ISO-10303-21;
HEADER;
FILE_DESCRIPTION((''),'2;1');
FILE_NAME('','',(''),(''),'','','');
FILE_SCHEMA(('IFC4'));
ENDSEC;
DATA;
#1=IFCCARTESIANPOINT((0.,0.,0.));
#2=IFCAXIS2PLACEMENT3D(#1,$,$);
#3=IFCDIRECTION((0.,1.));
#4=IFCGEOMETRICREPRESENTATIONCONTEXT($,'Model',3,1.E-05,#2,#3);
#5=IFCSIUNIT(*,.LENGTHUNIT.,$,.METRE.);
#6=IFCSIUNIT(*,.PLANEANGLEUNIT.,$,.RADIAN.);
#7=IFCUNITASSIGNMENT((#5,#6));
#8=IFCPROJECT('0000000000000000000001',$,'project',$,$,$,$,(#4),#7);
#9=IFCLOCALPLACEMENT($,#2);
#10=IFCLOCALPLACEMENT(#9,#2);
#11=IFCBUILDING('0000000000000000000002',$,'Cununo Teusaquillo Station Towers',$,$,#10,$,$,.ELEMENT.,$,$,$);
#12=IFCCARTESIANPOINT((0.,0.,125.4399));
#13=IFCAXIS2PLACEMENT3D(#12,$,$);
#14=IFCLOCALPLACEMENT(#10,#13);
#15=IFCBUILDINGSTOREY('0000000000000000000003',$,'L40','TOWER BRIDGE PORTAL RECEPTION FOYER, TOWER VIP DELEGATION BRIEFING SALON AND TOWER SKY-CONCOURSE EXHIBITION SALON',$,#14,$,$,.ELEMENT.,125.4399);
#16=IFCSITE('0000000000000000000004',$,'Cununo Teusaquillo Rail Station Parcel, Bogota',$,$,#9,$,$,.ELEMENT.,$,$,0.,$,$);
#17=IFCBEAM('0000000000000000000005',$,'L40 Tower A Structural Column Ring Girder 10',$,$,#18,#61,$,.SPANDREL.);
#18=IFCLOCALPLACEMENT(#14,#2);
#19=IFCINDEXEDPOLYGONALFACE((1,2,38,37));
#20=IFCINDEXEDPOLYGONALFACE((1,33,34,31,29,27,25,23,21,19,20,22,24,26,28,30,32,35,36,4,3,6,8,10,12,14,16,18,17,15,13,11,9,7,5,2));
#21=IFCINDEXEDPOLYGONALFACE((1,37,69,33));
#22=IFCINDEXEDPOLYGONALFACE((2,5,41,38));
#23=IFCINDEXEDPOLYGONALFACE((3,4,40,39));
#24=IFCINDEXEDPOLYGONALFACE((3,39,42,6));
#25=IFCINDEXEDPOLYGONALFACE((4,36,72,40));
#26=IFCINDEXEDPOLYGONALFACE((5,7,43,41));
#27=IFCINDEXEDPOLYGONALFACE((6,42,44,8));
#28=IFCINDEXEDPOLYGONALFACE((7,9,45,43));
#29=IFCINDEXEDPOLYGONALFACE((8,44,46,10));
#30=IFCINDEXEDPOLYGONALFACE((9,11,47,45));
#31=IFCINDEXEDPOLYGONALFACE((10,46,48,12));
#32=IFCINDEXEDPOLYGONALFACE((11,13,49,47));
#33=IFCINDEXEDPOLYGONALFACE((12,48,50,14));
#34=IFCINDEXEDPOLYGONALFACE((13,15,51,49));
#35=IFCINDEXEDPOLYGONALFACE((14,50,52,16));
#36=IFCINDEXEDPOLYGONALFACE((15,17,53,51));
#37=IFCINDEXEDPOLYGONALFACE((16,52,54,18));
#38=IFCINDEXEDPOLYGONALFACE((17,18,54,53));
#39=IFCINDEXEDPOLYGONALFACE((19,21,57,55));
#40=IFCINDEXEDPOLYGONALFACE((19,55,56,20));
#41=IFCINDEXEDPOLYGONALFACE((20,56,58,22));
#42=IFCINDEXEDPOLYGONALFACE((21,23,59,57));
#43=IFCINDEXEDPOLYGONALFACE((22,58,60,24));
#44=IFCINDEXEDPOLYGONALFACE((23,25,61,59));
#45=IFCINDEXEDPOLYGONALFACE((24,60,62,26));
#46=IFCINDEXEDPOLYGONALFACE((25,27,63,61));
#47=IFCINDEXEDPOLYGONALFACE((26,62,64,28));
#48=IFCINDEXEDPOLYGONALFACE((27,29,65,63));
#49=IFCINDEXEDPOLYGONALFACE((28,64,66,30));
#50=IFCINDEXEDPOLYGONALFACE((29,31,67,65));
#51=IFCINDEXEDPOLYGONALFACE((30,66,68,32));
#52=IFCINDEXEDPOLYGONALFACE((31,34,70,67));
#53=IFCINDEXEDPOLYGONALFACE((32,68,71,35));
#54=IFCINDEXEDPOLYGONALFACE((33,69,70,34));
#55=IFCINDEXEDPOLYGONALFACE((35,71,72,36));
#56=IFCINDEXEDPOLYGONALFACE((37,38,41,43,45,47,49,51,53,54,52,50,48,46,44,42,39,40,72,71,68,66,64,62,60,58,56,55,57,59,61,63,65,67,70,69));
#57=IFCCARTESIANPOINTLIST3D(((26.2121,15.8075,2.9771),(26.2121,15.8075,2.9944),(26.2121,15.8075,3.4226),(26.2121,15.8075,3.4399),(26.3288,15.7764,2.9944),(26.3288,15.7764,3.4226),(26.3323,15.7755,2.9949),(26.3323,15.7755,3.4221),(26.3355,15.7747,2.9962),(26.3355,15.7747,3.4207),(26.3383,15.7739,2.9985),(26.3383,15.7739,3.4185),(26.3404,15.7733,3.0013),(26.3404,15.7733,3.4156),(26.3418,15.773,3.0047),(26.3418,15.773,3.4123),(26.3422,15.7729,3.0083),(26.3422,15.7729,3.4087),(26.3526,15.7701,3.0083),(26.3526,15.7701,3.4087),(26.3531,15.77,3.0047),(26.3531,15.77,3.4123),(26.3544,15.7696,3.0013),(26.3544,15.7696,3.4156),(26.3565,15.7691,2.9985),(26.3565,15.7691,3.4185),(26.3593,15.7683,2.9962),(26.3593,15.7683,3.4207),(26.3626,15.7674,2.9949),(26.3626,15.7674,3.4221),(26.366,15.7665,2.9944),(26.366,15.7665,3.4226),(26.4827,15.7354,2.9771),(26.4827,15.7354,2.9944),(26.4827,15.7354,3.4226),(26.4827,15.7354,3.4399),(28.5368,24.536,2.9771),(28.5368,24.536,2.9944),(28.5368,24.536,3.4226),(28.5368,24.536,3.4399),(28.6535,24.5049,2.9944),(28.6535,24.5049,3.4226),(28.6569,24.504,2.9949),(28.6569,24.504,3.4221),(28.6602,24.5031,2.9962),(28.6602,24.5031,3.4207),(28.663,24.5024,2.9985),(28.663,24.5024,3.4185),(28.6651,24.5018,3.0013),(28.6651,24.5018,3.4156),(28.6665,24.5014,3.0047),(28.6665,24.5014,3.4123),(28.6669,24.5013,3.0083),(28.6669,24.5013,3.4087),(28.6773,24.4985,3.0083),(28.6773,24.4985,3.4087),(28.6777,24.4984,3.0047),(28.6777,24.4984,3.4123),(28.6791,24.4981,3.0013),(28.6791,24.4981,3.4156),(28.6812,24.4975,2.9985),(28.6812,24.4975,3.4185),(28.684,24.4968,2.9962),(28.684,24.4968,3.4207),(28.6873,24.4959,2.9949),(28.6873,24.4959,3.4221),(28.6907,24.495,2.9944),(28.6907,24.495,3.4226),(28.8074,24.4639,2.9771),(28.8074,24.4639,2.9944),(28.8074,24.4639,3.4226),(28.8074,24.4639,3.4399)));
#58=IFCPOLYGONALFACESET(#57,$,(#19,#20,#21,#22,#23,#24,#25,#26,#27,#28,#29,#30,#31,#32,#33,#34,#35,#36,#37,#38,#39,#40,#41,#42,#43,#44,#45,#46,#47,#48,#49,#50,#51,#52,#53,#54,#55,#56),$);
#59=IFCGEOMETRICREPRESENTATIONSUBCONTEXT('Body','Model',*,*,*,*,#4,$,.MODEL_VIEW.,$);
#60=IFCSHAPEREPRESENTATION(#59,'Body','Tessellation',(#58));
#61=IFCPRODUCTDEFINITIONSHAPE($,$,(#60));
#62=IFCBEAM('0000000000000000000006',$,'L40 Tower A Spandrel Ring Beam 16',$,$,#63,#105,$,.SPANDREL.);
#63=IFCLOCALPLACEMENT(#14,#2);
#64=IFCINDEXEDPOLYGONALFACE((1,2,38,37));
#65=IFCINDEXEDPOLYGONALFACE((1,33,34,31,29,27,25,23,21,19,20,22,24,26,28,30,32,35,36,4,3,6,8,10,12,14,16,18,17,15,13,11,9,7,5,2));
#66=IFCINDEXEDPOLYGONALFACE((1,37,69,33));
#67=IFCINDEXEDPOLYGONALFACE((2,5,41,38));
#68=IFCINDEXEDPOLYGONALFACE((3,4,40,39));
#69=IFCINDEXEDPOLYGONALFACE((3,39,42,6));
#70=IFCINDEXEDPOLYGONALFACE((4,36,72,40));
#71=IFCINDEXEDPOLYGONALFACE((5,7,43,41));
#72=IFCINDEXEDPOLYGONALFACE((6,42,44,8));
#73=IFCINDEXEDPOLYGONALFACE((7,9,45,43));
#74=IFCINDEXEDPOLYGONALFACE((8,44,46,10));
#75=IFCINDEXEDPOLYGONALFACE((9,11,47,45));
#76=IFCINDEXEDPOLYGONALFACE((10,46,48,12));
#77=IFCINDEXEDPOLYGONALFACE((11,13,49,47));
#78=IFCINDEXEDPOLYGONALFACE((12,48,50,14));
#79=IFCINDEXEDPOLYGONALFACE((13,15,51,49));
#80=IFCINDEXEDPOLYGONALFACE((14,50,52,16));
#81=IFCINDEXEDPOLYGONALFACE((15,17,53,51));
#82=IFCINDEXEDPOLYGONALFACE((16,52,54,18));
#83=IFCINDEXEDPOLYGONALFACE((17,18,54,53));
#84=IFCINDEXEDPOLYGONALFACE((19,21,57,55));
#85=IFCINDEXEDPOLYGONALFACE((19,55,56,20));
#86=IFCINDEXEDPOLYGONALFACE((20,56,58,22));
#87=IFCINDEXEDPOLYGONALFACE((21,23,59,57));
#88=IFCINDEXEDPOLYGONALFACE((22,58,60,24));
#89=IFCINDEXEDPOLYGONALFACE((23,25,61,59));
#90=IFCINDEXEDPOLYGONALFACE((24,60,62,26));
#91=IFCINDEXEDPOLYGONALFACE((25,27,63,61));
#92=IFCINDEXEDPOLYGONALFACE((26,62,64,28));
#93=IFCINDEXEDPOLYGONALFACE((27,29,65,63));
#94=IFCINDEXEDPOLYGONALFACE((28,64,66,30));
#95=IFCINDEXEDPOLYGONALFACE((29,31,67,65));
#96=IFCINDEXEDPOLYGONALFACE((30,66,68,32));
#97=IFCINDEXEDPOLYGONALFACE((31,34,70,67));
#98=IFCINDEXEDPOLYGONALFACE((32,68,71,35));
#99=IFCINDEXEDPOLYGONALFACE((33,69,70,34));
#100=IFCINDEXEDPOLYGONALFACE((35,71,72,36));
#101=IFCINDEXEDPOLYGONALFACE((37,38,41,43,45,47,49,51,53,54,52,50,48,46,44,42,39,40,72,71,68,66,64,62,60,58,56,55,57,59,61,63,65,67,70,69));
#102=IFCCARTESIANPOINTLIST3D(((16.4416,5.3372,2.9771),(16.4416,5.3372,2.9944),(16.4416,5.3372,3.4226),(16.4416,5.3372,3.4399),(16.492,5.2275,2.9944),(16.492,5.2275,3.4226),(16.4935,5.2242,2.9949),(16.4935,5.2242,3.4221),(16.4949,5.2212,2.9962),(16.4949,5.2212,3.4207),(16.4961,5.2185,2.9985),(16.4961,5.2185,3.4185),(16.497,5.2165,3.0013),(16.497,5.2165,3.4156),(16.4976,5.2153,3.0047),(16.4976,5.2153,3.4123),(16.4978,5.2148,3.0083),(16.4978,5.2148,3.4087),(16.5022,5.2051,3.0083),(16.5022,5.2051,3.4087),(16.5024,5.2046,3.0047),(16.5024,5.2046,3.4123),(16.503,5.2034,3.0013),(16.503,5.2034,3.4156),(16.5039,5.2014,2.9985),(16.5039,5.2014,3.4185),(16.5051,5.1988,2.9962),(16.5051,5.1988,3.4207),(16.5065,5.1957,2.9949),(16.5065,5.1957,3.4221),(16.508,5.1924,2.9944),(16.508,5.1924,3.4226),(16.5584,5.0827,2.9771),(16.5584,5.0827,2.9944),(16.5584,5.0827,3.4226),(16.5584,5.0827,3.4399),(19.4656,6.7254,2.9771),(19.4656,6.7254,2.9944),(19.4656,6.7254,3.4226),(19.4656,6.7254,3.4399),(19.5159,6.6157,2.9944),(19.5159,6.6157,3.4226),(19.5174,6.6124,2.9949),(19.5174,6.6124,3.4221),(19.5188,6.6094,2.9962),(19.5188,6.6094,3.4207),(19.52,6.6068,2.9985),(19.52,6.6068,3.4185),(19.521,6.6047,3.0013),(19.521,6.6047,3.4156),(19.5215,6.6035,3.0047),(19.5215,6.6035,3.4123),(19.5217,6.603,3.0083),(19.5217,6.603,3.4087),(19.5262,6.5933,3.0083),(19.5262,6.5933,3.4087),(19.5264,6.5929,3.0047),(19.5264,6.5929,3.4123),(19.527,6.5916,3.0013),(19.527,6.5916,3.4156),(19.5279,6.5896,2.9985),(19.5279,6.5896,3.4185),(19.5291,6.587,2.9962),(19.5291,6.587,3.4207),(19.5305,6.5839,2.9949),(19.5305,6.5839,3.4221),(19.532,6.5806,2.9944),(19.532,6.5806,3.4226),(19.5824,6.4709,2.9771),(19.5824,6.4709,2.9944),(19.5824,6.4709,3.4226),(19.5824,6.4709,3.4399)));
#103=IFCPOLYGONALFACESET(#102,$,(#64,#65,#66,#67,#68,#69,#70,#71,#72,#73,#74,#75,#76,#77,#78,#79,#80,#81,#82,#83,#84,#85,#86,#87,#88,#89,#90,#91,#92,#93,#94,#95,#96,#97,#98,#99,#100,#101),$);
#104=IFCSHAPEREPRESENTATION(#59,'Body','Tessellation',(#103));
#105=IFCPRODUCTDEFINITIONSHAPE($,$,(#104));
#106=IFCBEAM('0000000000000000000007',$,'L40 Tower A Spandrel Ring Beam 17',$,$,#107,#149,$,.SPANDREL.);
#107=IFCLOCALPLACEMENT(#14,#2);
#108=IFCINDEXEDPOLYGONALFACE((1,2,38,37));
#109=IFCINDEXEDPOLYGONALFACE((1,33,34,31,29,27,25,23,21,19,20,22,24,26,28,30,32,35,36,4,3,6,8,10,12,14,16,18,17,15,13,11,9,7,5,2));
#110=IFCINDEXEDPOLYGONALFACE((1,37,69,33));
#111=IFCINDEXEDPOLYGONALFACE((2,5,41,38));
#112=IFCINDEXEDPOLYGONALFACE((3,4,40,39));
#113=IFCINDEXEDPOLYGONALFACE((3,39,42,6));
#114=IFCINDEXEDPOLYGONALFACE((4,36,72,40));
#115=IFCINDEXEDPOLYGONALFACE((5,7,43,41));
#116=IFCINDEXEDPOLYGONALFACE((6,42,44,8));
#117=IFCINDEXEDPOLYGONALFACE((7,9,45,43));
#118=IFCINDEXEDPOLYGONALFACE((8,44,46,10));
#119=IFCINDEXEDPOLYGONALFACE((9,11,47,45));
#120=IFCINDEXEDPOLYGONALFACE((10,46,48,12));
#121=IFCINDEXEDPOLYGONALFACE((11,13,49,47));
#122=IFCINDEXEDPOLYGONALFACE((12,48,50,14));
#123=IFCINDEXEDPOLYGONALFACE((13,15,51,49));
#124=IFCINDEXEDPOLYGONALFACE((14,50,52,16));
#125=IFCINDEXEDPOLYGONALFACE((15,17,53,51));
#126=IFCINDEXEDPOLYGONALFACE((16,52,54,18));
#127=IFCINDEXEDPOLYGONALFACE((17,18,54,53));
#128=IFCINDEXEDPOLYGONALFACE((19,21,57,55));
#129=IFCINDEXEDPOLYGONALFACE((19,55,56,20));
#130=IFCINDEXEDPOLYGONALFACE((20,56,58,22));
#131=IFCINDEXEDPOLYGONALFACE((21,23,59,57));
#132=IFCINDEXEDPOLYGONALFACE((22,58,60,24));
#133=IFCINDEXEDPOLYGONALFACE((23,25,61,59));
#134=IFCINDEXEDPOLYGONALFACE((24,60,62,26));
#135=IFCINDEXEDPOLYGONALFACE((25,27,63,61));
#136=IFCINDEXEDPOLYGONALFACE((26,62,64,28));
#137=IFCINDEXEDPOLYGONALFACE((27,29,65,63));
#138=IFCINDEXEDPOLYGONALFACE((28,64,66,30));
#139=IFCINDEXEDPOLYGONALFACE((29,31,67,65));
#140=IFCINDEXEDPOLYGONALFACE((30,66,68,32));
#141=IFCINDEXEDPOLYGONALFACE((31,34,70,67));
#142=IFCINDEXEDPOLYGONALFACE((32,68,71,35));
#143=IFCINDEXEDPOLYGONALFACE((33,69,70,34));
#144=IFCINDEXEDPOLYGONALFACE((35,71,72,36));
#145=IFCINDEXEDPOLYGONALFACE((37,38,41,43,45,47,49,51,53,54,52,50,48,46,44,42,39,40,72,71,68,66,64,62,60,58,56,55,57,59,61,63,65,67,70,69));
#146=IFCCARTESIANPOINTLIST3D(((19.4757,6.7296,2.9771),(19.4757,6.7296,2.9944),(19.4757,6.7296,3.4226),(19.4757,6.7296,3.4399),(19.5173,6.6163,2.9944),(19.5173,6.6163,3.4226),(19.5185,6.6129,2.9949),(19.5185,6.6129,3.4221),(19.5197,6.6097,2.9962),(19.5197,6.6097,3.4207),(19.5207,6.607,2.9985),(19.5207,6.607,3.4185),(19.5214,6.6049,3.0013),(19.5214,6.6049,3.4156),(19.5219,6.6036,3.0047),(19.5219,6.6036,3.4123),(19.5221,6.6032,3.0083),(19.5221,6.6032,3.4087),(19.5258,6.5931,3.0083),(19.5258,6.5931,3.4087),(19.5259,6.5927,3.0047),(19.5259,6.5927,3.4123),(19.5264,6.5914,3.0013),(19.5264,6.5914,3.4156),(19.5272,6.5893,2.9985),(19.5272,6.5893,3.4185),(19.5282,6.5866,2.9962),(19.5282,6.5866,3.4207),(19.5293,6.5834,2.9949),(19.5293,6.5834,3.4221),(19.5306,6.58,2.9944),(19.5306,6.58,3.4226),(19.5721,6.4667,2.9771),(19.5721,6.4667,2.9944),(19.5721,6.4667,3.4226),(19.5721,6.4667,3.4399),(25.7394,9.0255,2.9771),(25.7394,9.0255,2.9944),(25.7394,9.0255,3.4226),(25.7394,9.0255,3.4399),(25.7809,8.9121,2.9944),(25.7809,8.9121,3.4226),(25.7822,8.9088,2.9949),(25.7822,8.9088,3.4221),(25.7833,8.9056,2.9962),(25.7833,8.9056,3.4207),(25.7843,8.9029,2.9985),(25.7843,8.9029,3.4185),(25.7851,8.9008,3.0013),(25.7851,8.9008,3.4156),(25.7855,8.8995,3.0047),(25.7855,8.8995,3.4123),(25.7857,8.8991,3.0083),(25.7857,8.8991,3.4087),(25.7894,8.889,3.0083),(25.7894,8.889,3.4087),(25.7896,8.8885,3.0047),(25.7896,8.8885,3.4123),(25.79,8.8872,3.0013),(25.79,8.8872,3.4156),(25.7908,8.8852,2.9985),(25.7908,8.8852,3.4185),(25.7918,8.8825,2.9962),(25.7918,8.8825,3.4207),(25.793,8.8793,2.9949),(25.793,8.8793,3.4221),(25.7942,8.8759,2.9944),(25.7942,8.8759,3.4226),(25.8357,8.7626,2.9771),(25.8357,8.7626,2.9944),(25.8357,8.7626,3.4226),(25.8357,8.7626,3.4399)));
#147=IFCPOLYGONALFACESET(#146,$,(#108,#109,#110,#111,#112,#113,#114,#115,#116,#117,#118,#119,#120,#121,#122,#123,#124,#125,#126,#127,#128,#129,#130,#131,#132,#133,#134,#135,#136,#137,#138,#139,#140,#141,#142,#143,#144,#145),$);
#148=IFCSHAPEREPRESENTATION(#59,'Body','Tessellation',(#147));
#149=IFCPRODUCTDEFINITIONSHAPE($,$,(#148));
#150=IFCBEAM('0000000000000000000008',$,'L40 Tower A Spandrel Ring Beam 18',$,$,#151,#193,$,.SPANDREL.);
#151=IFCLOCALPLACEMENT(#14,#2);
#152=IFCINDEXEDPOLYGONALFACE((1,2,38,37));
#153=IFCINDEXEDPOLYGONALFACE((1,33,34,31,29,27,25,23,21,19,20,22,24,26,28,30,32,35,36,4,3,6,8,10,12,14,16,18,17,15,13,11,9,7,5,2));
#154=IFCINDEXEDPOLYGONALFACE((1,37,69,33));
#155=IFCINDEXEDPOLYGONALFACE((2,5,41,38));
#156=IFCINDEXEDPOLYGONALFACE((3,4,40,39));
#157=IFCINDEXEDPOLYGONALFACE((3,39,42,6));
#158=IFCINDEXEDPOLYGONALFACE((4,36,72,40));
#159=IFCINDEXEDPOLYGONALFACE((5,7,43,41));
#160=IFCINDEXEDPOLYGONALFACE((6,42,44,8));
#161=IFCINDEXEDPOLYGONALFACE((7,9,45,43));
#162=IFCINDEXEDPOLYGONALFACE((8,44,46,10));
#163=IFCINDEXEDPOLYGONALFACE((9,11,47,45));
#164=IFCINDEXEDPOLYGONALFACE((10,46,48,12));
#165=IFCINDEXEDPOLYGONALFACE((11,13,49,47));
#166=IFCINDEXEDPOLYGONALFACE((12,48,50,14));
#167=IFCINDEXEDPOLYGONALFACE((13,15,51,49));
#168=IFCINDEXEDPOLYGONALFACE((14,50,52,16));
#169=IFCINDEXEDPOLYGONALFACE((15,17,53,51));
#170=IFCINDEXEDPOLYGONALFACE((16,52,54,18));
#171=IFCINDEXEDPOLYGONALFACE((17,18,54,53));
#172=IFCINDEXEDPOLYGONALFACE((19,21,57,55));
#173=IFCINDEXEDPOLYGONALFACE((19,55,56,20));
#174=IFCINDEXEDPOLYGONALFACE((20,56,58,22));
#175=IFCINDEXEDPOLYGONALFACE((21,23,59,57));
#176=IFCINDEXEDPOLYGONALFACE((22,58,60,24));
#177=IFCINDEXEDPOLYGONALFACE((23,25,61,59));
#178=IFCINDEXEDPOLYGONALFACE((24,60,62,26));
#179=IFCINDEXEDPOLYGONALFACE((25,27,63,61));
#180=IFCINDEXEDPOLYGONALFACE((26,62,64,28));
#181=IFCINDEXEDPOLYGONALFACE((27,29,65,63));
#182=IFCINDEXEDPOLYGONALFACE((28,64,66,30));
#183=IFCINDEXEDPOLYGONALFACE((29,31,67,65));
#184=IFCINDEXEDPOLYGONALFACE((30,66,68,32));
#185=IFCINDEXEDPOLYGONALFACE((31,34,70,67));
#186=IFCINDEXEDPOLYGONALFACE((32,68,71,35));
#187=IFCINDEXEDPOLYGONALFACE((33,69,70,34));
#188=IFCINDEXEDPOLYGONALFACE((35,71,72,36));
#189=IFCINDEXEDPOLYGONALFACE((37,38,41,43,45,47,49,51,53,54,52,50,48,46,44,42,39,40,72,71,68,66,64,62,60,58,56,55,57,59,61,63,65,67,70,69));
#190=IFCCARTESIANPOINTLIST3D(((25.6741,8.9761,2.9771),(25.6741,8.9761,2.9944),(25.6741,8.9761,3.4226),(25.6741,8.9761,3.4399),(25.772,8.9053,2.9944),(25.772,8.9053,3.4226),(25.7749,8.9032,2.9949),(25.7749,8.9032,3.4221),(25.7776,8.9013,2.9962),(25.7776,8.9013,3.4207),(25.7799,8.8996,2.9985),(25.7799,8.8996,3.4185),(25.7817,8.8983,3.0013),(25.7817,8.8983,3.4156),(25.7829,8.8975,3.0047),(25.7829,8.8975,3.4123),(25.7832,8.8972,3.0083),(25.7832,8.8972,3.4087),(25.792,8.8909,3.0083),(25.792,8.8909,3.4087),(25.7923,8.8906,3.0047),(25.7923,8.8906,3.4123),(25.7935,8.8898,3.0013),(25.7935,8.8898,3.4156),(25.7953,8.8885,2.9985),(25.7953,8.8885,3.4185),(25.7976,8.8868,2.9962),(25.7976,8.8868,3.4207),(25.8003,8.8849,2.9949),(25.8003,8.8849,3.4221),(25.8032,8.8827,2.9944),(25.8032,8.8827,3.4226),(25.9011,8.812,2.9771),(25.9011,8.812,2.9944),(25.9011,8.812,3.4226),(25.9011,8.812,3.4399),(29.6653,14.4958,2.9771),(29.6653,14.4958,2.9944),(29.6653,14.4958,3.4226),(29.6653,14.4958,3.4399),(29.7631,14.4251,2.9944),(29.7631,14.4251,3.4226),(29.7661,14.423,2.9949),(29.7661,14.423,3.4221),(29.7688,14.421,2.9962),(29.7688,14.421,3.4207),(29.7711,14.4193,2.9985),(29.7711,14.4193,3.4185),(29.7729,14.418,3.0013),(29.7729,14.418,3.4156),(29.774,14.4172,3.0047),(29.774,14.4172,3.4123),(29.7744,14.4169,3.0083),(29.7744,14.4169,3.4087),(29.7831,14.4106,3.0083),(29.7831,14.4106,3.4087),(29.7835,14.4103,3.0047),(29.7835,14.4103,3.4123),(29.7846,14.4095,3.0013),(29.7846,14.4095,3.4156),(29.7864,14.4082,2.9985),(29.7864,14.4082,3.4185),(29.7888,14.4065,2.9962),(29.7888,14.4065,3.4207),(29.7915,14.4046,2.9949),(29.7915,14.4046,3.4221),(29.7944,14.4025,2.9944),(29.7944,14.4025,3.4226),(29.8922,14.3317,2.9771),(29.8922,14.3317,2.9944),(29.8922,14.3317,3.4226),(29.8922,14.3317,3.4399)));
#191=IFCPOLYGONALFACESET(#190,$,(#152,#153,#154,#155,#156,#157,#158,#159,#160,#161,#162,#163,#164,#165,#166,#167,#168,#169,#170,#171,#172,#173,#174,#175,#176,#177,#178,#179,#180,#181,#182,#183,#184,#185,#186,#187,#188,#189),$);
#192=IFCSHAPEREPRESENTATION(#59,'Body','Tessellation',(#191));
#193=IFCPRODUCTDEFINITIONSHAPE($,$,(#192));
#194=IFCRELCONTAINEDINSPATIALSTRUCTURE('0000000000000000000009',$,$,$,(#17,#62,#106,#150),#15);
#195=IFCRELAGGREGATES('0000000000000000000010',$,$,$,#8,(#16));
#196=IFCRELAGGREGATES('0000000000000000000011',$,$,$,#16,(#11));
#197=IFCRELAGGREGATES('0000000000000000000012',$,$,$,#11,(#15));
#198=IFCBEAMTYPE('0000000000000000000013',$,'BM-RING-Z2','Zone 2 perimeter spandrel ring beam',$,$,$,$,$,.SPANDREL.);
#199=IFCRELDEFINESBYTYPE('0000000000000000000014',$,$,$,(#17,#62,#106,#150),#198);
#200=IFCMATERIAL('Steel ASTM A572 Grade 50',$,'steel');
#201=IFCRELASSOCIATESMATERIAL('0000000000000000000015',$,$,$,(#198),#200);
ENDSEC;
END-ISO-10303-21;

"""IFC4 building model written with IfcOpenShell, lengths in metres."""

from ifc_helpers import new_model, si_unit, direction, frame, origin, origin_2d, place, context, subcontext, project, spatial, i_section, extrude, material, material_profile, profile_set, type_object, element, save


model = new_model("IFC4")

# Units and contexts
model_context = context("Model", 3, precision=1e-05, world=origin(), true_north=direction((0.0, 1.0)))
body_context = subcontext(model_context, "Body", "Model", "MODEL_VIEW")
ifc_project = project(units=[si_unit("LENGTHUNIT", "METRE"), si_unit("PLANEANGLEUNIT", "RADIAN")], contexts=[model_context])

# Site, building, storey
site_placement = place(None, origin())
site = spatial("IfcSite", under=ifc_project, at=site_placement, Name="Cununo Teusaquillo Rail Station Parcel, Bogota", CompositionType="ELEMENT", RefElevation=0.0)
building_placement = place(site_placement, origin())
building = spatial("IfcBuilding", under=site, at=building_placement, Name="Cununo Teusaquillo Station Towers", CompositionType="ELEMENT")
storey_placement = place(building_placement, frame((0.0, 0.0, 125.4399)))
storey = spatial("IfcBuildingStorey", under=building, at=storey_placement, Name="L40", Description="TOWER BRIDGE PORTAL RECEPTION FOYER, TOWER VIP DELEGATION BRIEFING SALON AND TOWER SKY-CONCOURSE EXHIBITION SALON", CompositionType="ELEMENT", Elevation=125.4399)

# Beams
ifc_material_1 = material(Name="Steel ASTM A572 Grade 50", Category="steel")
ifc_material_profile_1 = material_profile(ifc_material_1, i_section(OverallWidth=0.28, OverallDepth=0.4629, WebThickness=0.0107, FlangeThickness=0.0173, FilletRadius=0.0139, at=origin_2d()), Name="W18X76")
ifc_profile_set_1 = profile_set([ifc_material_profile_1], Name="Steel ASTM A572 Grade 50")
beam_type_1 = type_object("IfcBeamType", Name="BM-RING-Z2", Description="Zone 2 perimeter spandrel ring beam", PredefinedType="SPANDREL", material=ifc_profile_set_1)
beam_1_placement = place(storey_placement, frame((26.3474, 15.7715, 3.2085), z_axis=(0.257363, 0.966315, 0.0), x_axis=(-0.966315, 0.257363, 0.0)))
element("IfcBeam", 1, at=beam_1_placement, inside=storey, type_object=beam_type_1, Name="L40 Tower A Structural Column Ring Girder 10", PredefinedType="SPANDREL", context=body_context, shape_type="SweptSolid", body=[
    extrude(i_section(OverallWidth=0.28, OverallDepth=0.4629, WebThickness=0.0107, FlangeThickness=0.0173, FilletRadius=0.0139, at=origin_2d()), origin(), (0.0, 0.0, 1.0), 9.0327),
])
beam_2_placement = place(storey_placement, frame((16.5, 5.21, 3.2085), z_axis=(0.908812, 0.417205, 0.0), x_axis=(-0.417205, 0.908812, 0.0)))
element("IfcBeam", 2, at=beam_2_placement, inside=storey, type_object=beam_type_1, Name="L40 Tower A Spandrel Ring Beam 16", PredefinedType="SPANDREL", context=body_context, shape_type="SweptSolid", body=[
    extrude(i_section(OverallWidth=0.28, OverallDepth=0.4629, WebThickness=0.0107, FlangeThickness=0.0173, FilletRadius=0.0139, at=origin_2d()), origin(), (0.0, 0.0, 1.0), 3.3274),
])
beam_3_placement = place(storey_placement, frame((19.5239, 6.5981, 3.2085), z_axis=(0.938914, 0.344151, 0.0), x_axis=(-0.344151, 0.938914, 0.0)))
element("IfcBeam", 3, at=beam_3_placement, inside=storey, type_object=beam_type_1, Name="L40 Tower A Spandrel Ring Beam 17", PredefinedType="SPANDREL", context=body_context, shape_type="SweptSolid", body=[
    extrude(i_section(OverallWidth=0.28, OverallDepth=0.4629, WebThickness=0.0107, FlangeThickness=0.0173, FilletRadius=0.0139, at=origin_2d()), origin(), (0.0, 0.0, 1.0), 6.6711),
])
beam_4_placement = place(storey_placement, frame((25.7876, 8.894, 3.2085), z_axis=(0.585945, 0.810351, 0.0), x_axis=(-0.810351, 0.585945, 0.0)))
element("IfcBeam", 4, at=beam_4_placement, inside=storey, type_object=beam_type_1, Name="L40 Tower A Spandrel Ring Beam 18", PredefinedType="SPANDREL", context=body_context, shape_type="SweptSolid", body=[
    extrude(i_section(OverallWidth=0.28, OverallDepth=0.4629, WebThickness=0.0107, FlangeThickness=0.0173, FilletRadius=0.0139, at=origin_2d()), origin(), (0.0, 0.0, 1.0), 6.8115),
])

save(model, "model.ifc")
